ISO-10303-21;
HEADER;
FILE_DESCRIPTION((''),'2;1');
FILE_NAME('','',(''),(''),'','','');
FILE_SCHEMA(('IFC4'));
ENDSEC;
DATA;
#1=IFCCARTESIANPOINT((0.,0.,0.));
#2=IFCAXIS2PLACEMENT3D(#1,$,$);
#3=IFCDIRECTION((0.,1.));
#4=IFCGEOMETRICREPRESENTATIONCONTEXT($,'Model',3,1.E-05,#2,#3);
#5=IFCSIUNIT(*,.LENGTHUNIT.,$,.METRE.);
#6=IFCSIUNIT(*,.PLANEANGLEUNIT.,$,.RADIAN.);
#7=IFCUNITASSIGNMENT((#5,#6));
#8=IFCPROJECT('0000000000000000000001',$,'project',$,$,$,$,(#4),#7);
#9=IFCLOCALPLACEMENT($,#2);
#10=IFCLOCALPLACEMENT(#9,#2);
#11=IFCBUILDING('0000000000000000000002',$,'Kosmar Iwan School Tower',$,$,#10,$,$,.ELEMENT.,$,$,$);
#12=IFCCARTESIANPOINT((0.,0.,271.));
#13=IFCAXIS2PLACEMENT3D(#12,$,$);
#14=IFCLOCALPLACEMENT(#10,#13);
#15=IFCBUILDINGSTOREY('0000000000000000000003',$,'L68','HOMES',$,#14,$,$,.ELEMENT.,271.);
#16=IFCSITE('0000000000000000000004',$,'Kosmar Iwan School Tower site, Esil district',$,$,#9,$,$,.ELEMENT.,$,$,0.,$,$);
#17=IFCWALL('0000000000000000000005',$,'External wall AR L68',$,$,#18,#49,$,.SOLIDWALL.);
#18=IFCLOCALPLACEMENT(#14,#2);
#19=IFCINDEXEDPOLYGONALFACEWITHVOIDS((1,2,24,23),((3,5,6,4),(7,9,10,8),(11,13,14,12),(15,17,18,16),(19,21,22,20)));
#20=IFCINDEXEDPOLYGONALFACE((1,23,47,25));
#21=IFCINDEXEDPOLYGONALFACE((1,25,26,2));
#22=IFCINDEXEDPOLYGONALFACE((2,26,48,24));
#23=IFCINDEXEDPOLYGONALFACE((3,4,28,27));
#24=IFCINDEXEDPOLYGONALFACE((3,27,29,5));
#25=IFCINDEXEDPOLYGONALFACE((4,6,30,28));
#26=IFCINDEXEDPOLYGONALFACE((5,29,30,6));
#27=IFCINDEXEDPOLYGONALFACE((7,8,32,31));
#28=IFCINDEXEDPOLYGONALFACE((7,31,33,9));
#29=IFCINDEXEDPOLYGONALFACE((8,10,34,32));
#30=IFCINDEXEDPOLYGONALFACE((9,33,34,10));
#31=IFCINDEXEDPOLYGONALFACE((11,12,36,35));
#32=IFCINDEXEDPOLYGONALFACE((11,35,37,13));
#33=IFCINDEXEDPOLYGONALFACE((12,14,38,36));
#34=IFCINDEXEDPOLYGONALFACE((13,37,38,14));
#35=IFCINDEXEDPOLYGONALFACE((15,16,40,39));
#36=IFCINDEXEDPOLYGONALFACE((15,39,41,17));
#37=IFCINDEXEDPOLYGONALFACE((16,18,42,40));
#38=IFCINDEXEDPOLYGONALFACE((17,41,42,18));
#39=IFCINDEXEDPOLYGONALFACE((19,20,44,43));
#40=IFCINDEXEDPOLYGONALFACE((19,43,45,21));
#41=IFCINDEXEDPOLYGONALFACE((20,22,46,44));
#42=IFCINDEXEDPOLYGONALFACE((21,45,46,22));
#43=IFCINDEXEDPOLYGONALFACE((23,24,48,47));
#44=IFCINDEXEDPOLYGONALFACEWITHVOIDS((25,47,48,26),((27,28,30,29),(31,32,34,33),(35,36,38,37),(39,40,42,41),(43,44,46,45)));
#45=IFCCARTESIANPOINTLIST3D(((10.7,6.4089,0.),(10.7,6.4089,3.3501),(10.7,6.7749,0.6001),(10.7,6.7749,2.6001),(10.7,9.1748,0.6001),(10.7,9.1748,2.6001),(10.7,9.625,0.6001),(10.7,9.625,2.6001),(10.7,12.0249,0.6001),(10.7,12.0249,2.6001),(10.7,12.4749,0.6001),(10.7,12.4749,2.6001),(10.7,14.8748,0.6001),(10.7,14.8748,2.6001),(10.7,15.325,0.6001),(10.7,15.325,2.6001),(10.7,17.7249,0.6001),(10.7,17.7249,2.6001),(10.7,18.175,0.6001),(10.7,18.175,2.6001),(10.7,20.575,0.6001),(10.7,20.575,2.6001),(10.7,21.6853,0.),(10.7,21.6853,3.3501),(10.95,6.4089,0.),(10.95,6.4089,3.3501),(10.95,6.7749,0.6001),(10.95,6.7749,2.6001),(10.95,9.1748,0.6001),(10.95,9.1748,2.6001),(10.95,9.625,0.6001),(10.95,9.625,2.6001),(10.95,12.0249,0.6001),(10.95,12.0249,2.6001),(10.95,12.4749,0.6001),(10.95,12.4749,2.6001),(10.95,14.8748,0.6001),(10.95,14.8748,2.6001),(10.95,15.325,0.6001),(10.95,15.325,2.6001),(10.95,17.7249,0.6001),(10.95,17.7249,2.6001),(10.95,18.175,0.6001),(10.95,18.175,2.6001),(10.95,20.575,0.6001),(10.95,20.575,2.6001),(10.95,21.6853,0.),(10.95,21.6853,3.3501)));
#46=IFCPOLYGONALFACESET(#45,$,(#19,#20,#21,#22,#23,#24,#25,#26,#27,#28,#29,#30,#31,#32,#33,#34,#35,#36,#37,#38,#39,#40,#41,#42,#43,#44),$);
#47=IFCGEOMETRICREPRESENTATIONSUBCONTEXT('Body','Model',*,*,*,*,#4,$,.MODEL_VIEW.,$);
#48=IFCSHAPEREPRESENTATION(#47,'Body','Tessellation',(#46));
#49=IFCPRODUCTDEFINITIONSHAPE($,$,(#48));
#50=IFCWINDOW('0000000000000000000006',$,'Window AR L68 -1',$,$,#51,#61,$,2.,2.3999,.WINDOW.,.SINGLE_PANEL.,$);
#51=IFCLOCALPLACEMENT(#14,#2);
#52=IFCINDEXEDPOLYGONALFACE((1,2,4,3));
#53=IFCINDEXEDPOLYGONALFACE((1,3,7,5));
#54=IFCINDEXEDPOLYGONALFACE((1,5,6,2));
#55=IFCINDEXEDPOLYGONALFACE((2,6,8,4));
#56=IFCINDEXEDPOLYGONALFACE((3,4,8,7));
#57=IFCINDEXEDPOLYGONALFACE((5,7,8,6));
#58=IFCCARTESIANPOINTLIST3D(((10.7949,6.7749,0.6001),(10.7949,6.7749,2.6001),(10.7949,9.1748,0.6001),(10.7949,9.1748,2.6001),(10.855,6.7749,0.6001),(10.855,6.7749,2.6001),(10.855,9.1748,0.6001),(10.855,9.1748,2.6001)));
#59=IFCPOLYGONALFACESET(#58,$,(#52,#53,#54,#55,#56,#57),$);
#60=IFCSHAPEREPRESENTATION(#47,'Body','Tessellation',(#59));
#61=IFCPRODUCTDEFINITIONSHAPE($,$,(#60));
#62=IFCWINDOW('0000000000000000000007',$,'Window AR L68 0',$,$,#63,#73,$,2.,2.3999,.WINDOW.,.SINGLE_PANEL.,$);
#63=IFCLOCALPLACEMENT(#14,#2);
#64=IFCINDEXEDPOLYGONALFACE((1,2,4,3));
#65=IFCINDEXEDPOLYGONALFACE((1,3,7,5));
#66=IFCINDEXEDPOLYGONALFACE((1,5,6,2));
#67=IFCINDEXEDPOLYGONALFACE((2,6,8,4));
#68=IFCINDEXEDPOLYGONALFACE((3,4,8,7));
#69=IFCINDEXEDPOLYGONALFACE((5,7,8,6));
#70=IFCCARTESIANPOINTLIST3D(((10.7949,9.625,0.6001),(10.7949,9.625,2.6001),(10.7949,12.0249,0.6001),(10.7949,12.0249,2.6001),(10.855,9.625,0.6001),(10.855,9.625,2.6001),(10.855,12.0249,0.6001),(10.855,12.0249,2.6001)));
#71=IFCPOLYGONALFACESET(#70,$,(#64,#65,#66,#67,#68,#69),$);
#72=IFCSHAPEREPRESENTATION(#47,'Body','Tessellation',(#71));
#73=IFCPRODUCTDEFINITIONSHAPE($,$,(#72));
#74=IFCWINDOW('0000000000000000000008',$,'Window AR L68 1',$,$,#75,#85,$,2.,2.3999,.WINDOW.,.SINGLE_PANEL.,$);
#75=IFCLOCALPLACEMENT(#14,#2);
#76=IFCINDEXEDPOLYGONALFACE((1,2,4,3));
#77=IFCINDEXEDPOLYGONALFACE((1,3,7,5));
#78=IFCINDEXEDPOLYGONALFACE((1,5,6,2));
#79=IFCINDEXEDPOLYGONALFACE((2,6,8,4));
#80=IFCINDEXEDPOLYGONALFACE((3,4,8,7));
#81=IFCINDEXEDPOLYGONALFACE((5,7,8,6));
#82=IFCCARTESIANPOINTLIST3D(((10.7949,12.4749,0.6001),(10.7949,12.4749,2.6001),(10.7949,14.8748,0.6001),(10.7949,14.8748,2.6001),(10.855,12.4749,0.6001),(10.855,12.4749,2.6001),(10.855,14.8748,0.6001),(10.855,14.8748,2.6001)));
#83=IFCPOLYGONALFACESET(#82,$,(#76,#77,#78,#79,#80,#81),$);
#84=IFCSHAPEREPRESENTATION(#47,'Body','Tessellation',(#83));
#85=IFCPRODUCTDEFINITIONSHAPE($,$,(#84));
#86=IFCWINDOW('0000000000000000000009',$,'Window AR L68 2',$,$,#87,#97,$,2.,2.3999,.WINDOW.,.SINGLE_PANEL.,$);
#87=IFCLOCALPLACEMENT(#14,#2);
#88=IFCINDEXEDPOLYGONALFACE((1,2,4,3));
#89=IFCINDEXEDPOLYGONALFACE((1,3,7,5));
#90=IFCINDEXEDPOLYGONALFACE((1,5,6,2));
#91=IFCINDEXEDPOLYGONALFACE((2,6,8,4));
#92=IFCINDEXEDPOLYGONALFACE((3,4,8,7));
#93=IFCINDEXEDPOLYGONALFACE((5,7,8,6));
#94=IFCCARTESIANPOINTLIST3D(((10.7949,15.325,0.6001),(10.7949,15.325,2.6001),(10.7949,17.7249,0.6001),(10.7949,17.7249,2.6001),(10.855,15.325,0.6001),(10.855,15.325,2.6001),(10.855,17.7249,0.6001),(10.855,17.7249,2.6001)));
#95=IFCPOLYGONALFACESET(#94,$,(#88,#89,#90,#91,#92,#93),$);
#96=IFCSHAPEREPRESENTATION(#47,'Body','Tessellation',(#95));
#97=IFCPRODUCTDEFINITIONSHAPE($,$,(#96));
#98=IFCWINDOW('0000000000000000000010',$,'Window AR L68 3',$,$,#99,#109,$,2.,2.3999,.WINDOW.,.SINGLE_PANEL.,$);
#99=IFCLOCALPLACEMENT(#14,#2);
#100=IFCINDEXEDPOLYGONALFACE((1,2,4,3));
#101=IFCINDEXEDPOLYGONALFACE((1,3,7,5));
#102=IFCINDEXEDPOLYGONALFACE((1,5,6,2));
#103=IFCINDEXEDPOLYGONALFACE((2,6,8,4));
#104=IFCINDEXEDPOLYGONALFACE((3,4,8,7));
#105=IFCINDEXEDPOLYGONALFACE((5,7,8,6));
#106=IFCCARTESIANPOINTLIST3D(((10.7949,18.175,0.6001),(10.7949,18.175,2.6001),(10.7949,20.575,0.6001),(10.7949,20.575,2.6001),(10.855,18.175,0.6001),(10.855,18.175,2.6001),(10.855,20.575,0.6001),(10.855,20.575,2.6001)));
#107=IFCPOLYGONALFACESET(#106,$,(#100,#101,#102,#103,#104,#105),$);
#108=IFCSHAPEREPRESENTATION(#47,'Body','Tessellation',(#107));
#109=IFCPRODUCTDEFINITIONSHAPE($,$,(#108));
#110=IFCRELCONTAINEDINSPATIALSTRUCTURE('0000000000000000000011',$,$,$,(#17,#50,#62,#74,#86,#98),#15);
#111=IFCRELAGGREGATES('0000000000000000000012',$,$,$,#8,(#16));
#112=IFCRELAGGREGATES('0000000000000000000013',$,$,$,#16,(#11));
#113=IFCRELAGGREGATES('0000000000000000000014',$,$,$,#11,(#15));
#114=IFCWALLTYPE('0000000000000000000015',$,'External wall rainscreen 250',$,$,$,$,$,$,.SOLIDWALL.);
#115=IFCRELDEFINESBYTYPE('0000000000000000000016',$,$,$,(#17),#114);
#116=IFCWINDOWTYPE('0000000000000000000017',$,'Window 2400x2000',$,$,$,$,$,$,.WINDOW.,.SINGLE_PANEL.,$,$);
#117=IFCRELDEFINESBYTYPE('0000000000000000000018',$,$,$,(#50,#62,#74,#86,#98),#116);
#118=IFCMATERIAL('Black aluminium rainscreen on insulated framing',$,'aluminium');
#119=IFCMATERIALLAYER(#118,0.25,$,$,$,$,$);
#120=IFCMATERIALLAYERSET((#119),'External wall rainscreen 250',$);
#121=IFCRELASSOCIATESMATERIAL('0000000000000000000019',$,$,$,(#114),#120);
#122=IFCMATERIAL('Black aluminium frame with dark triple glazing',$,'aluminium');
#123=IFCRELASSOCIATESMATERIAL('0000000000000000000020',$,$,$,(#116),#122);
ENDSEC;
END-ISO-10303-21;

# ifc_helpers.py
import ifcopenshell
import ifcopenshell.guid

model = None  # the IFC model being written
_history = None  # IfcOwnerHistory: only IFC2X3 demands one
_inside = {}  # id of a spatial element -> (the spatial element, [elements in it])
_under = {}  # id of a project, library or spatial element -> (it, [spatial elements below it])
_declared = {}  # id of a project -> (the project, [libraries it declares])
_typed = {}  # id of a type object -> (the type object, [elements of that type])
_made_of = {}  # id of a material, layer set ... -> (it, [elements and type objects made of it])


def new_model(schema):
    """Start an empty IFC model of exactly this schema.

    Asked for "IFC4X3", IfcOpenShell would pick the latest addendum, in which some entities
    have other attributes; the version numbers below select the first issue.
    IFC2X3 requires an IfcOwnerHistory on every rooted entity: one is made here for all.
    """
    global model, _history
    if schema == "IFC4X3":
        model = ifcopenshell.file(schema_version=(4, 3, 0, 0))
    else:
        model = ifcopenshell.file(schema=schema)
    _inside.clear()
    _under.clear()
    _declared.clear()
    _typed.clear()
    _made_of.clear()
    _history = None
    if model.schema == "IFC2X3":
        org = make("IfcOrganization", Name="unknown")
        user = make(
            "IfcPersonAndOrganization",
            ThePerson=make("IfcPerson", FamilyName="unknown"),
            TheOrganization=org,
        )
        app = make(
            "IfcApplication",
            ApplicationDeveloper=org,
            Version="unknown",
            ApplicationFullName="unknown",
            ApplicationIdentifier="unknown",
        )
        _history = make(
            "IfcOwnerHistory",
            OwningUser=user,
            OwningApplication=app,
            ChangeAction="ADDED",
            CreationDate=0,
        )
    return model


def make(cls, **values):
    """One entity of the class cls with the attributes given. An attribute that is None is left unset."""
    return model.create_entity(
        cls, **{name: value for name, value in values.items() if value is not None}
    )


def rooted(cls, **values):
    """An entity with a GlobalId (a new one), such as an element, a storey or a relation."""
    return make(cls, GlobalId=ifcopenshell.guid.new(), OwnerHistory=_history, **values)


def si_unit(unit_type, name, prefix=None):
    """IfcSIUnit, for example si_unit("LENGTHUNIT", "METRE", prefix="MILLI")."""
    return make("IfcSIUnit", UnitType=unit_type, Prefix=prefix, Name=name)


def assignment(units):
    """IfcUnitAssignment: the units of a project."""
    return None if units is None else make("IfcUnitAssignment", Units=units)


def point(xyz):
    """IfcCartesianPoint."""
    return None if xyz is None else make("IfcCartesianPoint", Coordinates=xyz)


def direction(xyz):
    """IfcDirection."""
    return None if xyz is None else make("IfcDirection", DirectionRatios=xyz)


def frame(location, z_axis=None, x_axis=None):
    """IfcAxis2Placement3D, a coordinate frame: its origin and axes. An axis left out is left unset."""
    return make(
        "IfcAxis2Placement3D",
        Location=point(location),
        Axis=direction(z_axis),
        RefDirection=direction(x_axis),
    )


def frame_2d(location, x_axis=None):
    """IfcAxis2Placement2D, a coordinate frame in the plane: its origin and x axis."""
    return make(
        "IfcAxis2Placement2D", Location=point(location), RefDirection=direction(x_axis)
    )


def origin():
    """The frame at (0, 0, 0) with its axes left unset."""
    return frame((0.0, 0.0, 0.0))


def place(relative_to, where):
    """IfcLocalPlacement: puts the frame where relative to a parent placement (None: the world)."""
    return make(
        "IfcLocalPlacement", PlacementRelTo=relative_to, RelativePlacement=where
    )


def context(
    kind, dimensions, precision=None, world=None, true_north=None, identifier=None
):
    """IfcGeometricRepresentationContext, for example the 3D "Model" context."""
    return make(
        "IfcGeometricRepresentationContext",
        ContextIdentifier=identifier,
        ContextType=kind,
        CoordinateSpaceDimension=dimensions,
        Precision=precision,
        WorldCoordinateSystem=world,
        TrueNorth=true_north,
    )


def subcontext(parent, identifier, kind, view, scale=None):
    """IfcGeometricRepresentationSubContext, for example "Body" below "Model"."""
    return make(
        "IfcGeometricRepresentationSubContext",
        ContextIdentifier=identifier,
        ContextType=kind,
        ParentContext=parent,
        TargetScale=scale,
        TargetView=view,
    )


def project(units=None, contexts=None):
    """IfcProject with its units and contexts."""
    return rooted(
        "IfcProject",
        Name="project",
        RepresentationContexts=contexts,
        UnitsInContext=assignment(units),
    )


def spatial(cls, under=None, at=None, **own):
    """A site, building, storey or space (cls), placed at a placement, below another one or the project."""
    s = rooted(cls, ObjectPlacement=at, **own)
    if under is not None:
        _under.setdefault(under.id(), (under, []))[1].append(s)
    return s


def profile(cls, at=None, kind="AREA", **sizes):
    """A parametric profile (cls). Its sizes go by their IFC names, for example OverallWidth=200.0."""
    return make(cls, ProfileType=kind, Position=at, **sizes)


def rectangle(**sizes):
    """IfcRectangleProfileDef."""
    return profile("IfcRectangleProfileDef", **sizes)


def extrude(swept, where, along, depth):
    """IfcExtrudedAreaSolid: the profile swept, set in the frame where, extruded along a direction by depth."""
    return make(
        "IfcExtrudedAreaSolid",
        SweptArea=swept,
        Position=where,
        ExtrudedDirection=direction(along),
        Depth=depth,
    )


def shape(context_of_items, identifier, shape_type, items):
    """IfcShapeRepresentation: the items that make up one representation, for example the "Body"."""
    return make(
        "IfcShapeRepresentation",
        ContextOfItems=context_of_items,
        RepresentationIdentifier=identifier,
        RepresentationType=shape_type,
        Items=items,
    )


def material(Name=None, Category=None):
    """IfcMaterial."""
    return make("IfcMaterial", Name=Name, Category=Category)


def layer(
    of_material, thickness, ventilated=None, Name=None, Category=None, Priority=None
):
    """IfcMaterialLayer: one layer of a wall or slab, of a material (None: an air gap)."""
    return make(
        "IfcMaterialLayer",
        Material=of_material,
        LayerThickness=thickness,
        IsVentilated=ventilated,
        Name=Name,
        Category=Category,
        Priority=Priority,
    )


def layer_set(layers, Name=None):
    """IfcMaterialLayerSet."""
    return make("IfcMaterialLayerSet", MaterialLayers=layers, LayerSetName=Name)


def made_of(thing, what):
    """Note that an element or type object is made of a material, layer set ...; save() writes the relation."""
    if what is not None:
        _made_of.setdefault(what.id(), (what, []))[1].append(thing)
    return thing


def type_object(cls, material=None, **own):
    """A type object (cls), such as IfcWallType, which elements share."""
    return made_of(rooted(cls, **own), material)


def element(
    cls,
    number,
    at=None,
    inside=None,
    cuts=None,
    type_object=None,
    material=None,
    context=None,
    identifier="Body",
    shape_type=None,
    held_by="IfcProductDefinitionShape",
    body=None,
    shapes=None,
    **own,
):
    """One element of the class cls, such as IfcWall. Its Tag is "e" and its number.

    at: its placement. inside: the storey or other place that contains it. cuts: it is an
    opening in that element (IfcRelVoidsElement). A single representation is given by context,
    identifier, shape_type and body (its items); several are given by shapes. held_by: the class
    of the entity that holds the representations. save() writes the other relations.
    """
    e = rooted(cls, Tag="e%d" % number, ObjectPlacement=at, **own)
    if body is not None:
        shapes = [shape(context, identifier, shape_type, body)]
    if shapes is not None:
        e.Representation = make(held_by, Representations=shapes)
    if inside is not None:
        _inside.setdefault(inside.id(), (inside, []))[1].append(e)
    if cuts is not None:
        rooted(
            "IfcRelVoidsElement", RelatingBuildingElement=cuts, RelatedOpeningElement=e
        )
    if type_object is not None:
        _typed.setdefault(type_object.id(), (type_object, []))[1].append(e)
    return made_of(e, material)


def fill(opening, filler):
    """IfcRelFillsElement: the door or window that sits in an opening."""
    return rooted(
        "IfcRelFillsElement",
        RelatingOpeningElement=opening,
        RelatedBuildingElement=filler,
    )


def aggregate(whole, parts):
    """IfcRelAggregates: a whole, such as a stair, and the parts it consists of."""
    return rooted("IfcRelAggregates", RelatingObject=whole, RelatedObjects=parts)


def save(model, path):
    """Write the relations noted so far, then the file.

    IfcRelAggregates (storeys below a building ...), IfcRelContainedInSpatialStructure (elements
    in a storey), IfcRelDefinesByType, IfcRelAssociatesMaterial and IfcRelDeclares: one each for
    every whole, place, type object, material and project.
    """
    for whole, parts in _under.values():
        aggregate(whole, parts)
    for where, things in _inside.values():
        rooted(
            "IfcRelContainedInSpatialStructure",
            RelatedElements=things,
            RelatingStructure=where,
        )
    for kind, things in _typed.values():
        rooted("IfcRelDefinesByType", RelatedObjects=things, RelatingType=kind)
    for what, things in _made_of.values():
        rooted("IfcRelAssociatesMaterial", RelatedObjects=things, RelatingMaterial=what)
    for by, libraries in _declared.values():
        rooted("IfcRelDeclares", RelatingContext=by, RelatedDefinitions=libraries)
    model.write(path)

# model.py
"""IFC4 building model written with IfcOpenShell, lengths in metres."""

from ifc_helpers import new_model, si_unit, direction, frame, frame_2d, origin, place, context, subcontext, project, spatial, rectangle, extrude, material, layer, layer_set, type_object, element, fill, save


model = new_model("IFC4")

# Units and contexts
model_context = context("Model", 3, precision=1e-05, world=origin(), true_north=direction((0.0, 1.0)))
body_context = subcontext(model_context, "Body", "Model", "MODEL_VIEW")
ifc_project = project(units=[si_unit("LENGTHUNIT", "METRE"), si_unit("PLANEANGLEUNIT", "RADIAN")], contexts=[model_context])

# Site, building, storey
site_placement = place(None, origin())
site = spatial("IfcSite", under=ifc_project, at=site_placement, Name="Kosmar Iwan School Tower site, Esil district", CompositionType="ELEMENT", RefElevation=0.0)
building_placement = place(site_placement, origin())
building = spatial("IfcBuilding", under=site, at=building_placement, Name="Kosmar Iwan School Tower", CompositionType="ELEMENT")
storey_placement = place(building_placement, frame((0.0, 0.0, 271.0)))
storey = spatial("IfcBuildingStorey", under=building, at=storey_placement, Name="L68", Description="HOMES", CompositionType="ELEMENT", Elevation=271.0)

# Wall, openings, windows
ifc_material_1 = material(Name="Black aluminium rainscreen on insulated framing", Category="aluminium")
ifc_layer = layer(ifc_material_1, 0.25)
ifc_layer_set = layer_set([ifc_layer], Name="External wall rainscreen 250")
wall_type = type_object("IfcWallType", Name="External wall rainscreen 250", PredefinedType="SOLIDWALL", material=ifc_layer_set)
ifc_material_2 = material(Name="Black aluminium frame with dark triple glazing", Category="aluminium")
window_type = type_object("IfcWindowType", Name="Window 2400x2000", PartitioningType="SINGLE_PANEL", PredefinedType="WINDOW", material=ifc_material_2)
wall_1_placement = place(storey_placement, frame((10.825, 6.4089, 0.0), z_axis=(0.0, 0.0, 1.0), x_axis=(0.0, 1.0, 0.0)))
wall_1 = element("IfcWall", 1, at=wall_1_placement, inside=storey, type_object=wall_type, Name="External wall AR L68", PredefinedType="SOLIDWALL", context=body_context, shape_type="SweptSolid", body=[
    extrude(rectangle(XDim=15.2764, YDim=0.25, at=frame_2d((7.6382, 0.0))), origin(), (0.0, 0.0, 1.0), 3.3501),
])
opening_1_placement = place(wall_1_placement, frame((0.366, 0.0, 0.6001)))
opening_1 = element("IfcOpeningElement", 2, at=opening_1_placement, cuts=wall_1, PredefinedType="OPENING", context=body_context, shape_type="SweptSolid", body=[
    extrude(rectangle(XDim=2.3999, YDim=2.0, at=frame_2d((1.2, 1.0))), frame((0.0, 0.137, 0.0), z_axis=(0.0, -1.0, 0.0), x_axis=(1.0, 0.0, 0.0)), (0.0, 0.0, 1.0), 0.2739),
])
opening_2_placement = place(wall_1_placement, frame((3.2161, 0.0, 0.6001)))
opening_2 = element("IfcOpeningElement", 3, at=opening_2_placement, cuts=wall_1, PredefinedType="OPENING", context=body_context, shape_type="SweptSolid", body=[
    extrude(rectangle(XDim=2.3999, YDim=2.0, at=frame_2d((1.2, 1.0))), frame((0.0, 0.137, 0.0), z_axis=(0.0, -1.0, 0.0), x_axis=(1.0, 0.0, 0.0)), (0.0, 0.0, 1.0), 0.2739),
])
opening_3_placement = place(wall_1_placement, frame((6.0659, 0.0, 0.6001)))
opening_3 = element("IfcOpeningElement", 4, at=opening_3_placement, cuts=wall_1, PredefinedType="OPENING", context=body_context, shape_type="SweptSolid", body=[
    extrude(rectangle(XDim=2.3999, YDim=2.0, at=frame_2d((1.2, 1.0))), frame((0.0, 0.137, 0.0), z_axis=(0.0, -1.0, 0.0), x_axis=(1.0, 0.0, 0.0)), (0.0, 0.0, 1.0), 0.2739),
])
opening_4_placement = place(wall_1_placement, frame((8.916, 0.0, 0.6001)))
opening_4 = element("IfcOpeningElement", 5, at=opening_4_placement, cuts=wall_1, PredefinedType="OPENING", context=body_context, shape_type="SweptSolid", body=[
    extrude(rectangle(XDim=2.3999, YDim=2.0, at=frame_2d((1.2, 1.0))), frame((0.0, 0.137, 0.0), z_axis=(0.0, -1.0, 0.0), x_axis=(1.0, 0.0, 0.0)), (0.0, 0.0, 1.0), 0.2739),
])
opening_5_placement = place(wall_1_placement, frame((11.7661, 0.0, 0.6001)))
opening_5 = element("IfcOpeningElement", 6, at=opening_5_placement, cuts=wall_1, PredefinedType="OPENING", context=body_context, shape_type="SweptSolid", body=[
    extrude(rectangle(XDim=2.3999, YDim=2.0, at=frame_2d((1.2, 1.0))), frame((0.0, 0.137, 0.0), z_axis=(0.0, -1.0, 0.0), x_axis=(1.0, 0.0, 0.0)), (0.0, 0.0, 1.0), 0.2739),
])
window_1_placement = place(opening_1_placement, origin())
window_1 = element("IfcWindow", 7, at=window_1_placement, inside=storey, type_object=window_type, Name="Window AR L68 -1", OverallHeight=2.0, OverallWidth=2.3999, PartitioningType="SINGLE_PANEL", PredefinedType="WINDOW", context=body_context, shape_type="SweptSolid", body=[
    extrude(rectangle(XDim=2.3999, YDim=2.0, at=frame_2d((1.2, 1.0))), frame((0.0, 0.03, 0.0), z_axis=(0.0, -1.0, 0.0), x_axis=(1.0, 0.0, 0.0)), (0.0, 0.0, 1.0), 0.0601),
])
fill(opening_1, window_1)
window_2_placement = place(opening_2_placement, origin())
window_2 = element("IfcWindow", 8, at=window_2_placement, inside=storey, type_object=window_type, Name="Window AR L68 0", OverallHeight=2.0, OverallWidth=2.3999, PartitioningType="SINGLE_PANEL", PredefinedType="WINDOW", context=body_context, shape_type="SweptSolid", body=[
    extrude(rectangle(XDim=2.3999, YDim=2.0, at=frame_2d((1.2, 1.0))), frame((0.0, 0.03, 0.0), z_axis=(0.0, -1.0, 0.0), x_axis=(1.0, 0.0, 0.0)), (0.0, 0.0, 1.0), 0.0601),
])
fill(opening_2, window_2)
window_3_placement = place(opening_3_placement, origin())
window_3 = element("IfcWindow", 9, at=window_3_placement, inside=storey, type_object=window_type, Name="Window AR L68 1", OverallHeight=2.0, OverallWidth=2.3999, PartitioningType="SINGLE_PANEL", PredefinedType="WINDOW", context=body_context, shape_type="SweptSolid", body=[
    extrude(rectangle(XDim=2.3999, YDim=2.0, at=frame_2d((1.2, 1.0))), frame((0.0, 0.03, 0.0), z_axis=(0.0, -1.0, 0.0), x_axis=(1.0, 0.0, 0.0)), (0.0, 0.0, 1.0), 0.0601),
])
fill(opening_3, window_3)
window_4_placement = place(opening_4_placement, origin())
window_4 = element("IfcWindow", 10, at=window_4_placement, inside=storey, type_object=window_type, Name="Window AR L68 2", OverallHeight=2.0, OverallWidth=2.3999, PartitioningType="SINGLE_PANEL", PredefinedType="WINDOW", context=body_context, shape_type="SweptSolid", body=[
    extrude(rectangle(XDim=2.3999, YDim=2.0, at=frame_2d((1.2, 1.0))), frame((0.0, 0.03, 0.0), z_axis=(0.0, -1.0, 0.0), x_axis=(1.0, 0.0, 0.0)), (0.0, 0.0, 1.0), 0.0601),
])
fill(opening_4, window_4)
window_5_placement = place(opening_5_placement, origin())
window_5 = element("IfcWindow", 11, at=window_5_placement, inside=storey, type_object=window_type, Name="Window AR L68 3", OverallHeight=2.0, OverallWidth=2.3999, PartitioningType="SINGLE_PANEL", PredefinedType="WINDOW", context=body_context, shape_type="SweptSolid", body=[
    extrude(rectangle(XDim=2.3999, YDim=2.0, at=frame_2d((1.2, 1.0))), frame((0.0, 0.03, 0.0), z_axis=(0.0, -1.0, 0.0), x_axis=(1.0, 0.0, 0.0)), (0.0, 0.0, 1.0), 0.0601),
])
fill(opening_5, window_5)

save(model, "model.ifc")
